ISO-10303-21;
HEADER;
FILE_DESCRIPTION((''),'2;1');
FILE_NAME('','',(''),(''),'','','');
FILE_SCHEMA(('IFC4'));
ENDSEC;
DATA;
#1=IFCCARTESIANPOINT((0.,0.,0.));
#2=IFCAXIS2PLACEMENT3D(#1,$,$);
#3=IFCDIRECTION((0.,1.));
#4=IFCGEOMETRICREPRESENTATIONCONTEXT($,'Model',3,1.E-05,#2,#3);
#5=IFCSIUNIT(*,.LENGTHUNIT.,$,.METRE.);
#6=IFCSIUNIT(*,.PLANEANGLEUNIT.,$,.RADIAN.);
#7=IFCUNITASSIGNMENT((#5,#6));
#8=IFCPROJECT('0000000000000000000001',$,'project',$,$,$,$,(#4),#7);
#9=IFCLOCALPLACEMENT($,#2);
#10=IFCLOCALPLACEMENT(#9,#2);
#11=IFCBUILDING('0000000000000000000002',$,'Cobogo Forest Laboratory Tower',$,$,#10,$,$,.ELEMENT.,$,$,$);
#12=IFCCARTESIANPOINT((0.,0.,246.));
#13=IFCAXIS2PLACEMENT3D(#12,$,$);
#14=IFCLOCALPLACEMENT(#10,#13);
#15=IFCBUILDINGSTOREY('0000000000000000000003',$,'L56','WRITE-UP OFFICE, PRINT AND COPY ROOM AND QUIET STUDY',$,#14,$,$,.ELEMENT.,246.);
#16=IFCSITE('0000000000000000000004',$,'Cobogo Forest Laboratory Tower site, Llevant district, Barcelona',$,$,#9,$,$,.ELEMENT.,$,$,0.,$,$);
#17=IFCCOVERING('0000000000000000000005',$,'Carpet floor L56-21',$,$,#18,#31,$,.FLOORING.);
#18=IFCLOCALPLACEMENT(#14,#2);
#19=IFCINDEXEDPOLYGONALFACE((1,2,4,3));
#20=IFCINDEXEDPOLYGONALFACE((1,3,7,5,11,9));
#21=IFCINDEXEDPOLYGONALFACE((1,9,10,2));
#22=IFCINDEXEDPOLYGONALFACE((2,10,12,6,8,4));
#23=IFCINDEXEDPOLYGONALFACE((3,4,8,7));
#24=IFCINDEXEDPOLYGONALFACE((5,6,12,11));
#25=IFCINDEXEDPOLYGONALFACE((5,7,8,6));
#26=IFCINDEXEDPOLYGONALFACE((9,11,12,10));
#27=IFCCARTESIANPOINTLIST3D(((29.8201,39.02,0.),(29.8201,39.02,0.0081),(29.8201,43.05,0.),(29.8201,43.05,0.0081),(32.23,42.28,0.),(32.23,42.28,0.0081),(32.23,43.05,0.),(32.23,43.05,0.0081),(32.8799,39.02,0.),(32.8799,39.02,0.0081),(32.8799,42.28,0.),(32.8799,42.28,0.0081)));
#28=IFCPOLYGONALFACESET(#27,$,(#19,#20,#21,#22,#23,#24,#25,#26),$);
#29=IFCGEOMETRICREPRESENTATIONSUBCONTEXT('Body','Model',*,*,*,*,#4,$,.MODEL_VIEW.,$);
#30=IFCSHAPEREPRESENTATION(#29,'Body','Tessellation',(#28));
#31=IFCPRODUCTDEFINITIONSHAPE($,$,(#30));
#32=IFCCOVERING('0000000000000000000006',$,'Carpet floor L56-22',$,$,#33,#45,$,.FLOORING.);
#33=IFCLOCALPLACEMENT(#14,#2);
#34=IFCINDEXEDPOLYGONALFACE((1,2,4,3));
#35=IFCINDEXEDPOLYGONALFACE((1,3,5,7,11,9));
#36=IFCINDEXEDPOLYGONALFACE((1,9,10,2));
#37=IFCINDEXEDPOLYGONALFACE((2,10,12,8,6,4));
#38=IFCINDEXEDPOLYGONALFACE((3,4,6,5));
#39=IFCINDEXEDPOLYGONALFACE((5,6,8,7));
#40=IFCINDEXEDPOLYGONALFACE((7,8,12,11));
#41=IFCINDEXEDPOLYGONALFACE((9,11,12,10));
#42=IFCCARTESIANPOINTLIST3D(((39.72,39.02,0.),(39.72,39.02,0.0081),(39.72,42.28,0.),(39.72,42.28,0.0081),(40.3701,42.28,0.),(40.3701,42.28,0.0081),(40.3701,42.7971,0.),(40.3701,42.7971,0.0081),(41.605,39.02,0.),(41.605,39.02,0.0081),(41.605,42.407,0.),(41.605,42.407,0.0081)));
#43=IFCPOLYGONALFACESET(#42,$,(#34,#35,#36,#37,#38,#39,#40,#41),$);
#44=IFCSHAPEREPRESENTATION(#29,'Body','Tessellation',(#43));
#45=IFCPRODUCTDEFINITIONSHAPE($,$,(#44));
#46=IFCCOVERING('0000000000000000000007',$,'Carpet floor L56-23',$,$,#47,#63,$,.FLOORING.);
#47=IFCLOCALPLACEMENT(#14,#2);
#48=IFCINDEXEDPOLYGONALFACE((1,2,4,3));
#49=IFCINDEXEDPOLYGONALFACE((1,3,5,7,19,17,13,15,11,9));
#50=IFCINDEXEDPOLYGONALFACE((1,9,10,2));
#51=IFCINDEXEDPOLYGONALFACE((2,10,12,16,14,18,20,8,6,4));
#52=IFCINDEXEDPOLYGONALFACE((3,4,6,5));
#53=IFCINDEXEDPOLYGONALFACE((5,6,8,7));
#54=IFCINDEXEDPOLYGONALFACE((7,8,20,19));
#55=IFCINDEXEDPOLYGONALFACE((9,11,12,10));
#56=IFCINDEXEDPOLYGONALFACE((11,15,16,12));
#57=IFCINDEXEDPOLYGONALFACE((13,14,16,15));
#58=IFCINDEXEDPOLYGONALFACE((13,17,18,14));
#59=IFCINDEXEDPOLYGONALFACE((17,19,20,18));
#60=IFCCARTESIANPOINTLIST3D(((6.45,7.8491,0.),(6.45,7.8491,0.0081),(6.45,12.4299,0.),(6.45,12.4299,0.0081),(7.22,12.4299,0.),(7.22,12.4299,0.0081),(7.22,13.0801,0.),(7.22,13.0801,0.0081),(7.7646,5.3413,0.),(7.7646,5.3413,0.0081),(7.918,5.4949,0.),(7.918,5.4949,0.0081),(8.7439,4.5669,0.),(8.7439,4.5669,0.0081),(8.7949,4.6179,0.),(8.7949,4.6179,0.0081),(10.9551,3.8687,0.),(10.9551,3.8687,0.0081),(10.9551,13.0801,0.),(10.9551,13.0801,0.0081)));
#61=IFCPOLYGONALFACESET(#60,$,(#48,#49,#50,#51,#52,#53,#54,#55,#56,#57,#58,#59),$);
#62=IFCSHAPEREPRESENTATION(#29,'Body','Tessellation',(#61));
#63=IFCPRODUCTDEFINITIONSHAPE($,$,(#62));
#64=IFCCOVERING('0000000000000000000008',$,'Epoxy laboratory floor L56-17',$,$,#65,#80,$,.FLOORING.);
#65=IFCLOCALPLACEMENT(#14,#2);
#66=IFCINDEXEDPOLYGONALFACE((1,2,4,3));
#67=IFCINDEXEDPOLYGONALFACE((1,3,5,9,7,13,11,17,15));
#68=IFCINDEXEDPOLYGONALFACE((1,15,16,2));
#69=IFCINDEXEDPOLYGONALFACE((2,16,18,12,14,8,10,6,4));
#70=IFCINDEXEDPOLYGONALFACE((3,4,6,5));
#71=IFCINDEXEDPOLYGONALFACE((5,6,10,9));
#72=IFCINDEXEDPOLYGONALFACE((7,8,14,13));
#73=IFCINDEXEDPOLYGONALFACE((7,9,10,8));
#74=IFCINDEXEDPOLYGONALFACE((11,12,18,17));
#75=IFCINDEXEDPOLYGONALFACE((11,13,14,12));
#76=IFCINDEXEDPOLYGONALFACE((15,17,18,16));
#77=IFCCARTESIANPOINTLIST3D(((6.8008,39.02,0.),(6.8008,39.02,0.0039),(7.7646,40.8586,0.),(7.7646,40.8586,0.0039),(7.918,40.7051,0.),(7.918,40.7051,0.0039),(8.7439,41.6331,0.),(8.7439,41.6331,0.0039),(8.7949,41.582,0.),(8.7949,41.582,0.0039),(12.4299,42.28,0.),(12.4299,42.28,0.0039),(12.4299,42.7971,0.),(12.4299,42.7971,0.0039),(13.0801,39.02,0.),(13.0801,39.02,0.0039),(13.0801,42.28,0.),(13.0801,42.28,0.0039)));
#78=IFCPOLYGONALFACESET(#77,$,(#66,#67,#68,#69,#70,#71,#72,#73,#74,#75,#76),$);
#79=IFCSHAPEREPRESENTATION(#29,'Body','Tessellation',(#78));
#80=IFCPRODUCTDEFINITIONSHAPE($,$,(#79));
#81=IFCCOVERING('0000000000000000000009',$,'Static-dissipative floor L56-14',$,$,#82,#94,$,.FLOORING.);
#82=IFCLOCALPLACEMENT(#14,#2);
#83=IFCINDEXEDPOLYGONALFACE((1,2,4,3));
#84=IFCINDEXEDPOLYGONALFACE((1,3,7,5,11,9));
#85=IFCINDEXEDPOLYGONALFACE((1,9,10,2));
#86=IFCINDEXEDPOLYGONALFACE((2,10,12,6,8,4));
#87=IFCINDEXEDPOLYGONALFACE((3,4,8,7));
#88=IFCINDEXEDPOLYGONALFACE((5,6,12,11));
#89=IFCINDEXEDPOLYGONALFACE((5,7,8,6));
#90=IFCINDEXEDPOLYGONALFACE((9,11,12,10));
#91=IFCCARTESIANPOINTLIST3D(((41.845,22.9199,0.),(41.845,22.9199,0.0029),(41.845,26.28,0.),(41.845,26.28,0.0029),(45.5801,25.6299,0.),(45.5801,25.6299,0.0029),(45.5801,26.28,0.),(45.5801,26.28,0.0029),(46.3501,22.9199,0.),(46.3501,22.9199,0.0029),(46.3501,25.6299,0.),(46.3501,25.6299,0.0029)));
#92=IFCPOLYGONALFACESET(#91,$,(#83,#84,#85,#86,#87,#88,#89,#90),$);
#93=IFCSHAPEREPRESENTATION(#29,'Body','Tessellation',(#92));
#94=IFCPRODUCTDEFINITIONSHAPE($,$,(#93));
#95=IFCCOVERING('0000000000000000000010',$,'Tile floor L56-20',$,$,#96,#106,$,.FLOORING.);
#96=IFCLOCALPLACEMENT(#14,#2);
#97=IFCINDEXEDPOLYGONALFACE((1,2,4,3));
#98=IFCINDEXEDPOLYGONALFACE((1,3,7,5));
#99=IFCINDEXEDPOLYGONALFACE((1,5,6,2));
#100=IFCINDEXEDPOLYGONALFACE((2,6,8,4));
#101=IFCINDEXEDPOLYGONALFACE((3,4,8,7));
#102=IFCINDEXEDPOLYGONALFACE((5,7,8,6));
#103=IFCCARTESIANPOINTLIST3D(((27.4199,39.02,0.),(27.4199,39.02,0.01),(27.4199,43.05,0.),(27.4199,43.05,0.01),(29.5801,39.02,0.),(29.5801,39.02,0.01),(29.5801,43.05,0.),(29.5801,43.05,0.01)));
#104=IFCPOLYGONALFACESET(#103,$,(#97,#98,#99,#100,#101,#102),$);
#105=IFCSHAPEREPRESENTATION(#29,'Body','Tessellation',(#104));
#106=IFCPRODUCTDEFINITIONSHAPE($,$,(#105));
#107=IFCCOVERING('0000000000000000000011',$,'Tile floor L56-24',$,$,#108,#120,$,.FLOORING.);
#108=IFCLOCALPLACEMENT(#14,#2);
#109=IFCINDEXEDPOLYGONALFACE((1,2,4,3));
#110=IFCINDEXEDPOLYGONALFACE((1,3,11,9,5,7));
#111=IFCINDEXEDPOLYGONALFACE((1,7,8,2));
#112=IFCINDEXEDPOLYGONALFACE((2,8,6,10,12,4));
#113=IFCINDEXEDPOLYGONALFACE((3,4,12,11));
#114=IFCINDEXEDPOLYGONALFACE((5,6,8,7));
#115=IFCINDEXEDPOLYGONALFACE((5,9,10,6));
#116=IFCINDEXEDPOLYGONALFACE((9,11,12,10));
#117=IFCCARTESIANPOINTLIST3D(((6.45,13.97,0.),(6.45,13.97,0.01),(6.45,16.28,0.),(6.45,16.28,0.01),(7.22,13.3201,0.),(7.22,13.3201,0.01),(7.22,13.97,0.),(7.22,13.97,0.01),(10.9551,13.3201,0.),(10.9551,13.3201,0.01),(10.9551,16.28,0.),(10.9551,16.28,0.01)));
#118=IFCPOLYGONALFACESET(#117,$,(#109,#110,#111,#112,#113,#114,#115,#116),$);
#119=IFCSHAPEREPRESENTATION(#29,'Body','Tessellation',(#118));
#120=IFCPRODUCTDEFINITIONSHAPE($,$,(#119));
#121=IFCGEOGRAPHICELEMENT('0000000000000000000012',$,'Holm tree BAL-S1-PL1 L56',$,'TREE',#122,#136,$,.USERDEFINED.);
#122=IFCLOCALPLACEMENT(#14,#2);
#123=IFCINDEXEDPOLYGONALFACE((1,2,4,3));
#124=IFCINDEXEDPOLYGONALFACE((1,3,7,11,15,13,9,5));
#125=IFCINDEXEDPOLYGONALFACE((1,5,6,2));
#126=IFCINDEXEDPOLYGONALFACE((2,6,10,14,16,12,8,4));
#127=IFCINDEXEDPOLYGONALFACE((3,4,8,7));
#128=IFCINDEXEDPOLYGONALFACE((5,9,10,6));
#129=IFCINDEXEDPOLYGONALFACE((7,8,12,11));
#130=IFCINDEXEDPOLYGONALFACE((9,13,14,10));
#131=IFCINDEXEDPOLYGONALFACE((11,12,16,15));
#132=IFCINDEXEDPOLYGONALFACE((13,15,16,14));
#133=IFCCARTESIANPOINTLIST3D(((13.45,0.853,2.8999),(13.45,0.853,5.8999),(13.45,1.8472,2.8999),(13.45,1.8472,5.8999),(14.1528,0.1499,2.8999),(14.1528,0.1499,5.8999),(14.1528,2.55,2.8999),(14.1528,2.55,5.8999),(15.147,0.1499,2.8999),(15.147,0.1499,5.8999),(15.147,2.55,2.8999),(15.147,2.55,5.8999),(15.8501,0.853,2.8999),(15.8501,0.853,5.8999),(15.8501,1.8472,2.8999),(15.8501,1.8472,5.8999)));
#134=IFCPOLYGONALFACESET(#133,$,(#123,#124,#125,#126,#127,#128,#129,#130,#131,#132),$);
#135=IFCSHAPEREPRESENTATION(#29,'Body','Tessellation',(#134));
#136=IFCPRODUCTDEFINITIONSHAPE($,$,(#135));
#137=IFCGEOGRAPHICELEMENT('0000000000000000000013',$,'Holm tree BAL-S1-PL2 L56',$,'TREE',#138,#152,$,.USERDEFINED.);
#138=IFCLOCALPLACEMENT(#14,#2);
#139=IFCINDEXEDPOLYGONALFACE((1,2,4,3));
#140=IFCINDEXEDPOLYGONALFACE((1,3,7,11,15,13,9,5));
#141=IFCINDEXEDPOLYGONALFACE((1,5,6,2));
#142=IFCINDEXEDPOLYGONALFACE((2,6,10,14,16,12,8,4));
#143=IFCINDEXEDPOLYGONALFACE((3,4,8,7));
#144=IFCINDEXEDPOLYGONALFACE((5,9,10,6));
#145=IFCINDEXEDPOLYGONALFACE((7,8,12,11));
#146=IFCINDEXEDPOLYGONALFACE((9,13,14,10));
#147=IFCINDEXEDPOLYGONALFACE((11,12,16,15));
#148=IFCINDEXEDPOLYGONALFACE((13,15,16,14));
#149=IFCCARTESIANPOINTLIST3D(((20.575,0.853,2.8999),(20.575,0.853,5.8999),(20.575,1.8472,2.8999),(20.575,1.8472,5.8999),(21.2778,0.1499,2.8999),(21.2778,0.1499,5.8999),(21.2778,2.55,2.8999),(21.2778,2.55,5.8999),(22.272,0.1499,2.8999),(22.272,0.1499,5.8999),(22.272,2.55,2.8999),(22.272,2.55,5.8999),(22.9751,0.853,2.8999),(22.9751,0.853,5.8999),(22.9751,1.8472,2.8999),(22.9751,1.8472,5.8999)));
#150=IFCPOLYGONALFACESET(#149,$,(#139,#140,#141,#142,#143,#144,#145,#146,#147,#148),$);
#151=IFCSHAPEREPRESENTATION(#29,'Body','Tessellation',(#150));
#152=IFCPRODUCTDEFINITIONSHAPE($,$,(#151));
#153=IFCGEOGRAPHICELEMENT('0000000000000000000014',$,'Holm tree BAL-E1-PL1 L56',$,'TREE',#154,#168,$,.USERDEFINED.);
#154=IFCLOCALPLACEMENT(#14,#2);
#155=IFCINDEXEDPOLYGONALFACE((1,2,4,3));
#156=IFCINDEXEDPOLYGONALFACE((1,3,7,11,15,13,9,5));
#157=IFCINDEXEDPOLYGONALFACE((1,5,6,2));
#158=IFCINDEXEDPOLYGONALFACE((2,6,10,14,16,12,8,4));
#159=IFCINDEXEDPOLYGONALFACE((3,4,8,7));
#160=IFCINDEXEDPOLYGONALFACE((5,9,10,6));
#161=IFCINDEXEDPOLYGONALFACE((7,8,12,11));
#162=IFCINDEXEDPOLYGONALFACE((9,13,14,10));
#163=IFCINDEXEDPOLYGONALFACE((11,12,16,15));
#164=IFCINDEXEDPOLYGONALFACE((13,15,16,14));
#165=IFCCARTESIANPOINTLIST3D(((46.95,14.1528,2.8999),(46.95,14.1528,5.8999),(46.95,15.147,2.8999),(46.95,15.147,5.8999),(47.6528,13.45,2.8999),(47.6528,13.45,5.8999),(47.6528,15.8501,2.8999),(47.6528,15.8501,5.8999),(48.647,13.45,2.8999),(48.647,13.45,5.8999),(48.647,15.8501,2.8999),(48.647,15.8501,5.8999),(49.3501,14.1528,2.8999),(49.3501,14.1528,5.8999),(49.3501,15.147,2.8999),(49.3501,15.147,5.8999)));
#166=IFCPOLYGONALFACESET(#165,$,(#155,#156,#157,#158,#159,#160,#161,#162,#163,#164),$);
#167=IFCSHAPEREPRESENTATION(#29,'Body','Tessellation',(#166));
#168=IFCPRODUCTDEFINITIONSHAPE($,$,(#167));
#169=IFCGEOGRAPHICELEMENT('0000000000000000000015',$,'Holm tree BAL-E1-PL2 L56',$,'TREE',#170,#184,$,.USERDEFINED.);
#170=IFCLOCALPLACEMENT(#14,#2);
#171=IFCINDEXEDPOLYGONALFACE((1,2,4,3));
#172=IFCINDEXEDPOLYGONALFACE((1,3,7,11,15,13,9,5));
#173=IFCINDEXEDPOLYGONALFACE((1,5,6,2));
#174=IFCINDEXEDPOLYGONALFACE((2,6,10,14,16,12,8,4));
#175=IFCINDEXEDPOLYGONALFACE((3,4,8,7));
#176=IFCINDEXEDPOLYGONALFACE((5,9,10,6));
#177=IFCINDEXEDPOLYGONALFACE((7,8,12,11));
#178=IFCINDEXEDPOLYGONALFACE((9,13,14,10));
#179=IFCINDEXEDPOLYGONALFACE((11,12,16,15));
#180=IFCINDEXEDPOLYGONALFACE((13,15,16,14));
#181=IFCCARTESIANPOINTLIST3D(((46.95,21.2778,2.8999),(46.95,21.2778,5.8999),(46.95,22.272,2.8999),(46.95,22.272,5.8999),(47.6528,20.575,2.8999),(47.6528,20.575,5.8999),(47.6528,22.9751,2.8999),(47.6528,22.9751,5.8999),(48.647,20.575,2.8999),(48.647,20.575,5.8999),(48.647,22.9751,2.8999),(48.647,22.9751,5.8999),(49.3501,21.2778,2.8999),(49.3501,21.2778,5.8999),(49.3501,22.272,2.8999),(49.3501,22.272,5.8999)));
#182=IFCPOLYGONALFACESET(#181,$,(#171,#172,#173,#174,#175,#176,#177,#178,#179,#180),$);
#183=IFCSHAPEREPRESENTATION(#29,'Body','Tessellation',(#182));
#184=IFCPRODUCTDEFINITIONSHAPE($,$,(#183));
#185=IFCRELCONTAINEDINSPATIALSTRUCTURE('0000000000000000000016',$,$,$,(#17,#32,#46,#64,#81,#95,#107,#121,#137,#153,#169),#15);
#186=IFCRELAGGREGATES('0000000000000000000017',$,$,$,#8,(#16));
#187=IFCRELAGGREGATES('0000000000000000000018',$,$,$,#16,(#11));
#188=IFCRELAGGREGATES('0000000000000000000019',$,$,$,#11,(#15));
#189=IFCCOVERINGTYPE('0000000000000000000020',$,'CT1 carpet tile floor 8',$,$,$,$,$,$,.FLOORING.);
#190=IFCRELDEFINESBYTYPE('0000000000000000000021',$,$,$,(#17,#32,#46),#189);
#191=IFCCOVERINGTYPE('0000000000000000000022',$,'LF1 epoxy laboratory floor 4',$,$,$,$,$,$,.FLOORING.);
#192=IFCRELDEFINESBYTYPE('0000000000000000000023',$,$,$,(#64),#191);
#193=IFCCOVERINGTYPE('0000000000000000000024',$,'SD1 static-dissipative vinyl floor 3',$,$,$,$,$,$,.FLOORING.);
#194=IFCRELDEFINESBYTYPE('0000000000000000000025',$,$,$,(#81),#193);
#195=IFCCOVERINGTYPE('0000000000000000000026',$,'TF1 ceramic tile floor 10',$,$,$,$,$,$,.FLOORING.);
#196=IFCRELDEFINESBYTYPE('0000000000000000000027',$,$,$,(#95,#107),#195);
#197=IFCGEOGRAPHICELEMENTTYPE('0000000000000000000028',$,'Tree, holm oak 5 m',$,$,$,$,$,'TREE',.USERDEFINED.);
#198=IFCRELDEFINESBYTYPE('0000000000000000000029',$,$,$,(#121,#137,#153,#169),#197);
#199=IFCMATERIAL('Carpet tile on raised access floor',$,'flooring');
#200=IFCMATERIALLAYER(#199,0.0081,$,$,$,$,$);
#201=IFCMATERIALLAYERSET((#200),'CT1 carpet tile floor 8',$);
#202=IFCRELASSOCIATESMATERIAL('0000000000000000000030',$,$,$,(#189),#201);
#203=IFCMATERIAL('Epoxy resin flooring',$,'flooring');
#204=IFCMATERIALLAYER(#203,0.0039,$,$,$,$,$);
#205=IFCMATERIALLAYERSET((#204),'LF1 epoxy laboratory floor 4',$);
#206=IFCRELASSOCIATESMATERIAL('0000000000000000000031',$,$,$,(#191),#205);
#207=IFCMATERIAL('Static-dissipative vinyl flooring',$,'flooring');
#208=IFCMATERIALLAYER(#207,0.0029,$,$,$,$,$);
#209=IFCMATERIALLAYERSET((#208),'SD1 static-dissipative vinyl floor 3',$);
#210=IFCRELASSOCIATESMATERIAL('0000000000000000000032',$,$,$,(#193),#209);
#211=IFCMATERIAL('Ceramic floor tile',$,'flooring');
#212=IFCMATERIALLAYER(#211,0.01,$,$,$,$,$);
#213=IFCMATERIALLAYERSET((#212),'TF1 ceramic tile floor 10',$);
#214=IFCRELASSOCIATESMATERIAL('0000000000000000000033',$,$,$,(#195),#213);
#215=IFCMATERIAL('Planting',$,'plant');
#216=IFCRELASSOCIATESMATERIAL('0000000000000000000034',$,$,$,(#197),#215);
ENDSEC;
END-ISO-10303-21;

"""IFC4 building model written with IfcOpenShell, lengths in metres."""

from ifc_helpers import new_model, si_unit, direction, frame, origin, place, context, subcontext, project, spatial, polyline, outline, extrude, material, layer, layer_set, type_object, element, save


model = new_model("IFC4")

# Units and contexts
model_context = context("Model", 3, precision=1e-05, world=origin(), true_north=direction((0.0, 1.0)))
body_context = subcontext(model_context, "Body", "Model", "MODEL_VIEW")
ifc_project = project(units=[si_unit("LENGTHUNIT", "METRE"), si_unit("PLANEANGLEUNIT", "RADIAN")], contexts=[model_context])

# Site, building, storey
site_placement = place(None, origin())
site = spatial("IfcSite", under=ifc_project, at=site_placement, Name="Cobogo Forest Laboratory Tower site, Llevant district, Barcelona", CompositionType="ELEMENT", RefElevation=0.0)
building_placement = place(site_placement, origin())
building = spatial("IfcBuilding", under=site, at=building_placement, Name="Cobogo Forest Laboratory Tower", CompositionType="ELEMENT")
storey_placement = place(building_placement, frame((0.0, 0.0, 246.0)))
storey = spatial("IfcBuildingStorey", under=building, at=storey_placement, Name="L56", Description="WRITE-UP OFFICE, PRINT AND COPY ROOM AND QUIET STUDY", CompositionType="ELEMENT", Elevation=246.0)

# Coverings
ifc_material_1 = material(Name="Carpet tile on raised access floor", Category="flooring")
ifc_layer_1 = layer(ifc_material_1, 0.0081)
ifc_layer_set_1 = layer_set([ifc_layer_1], Name="CT1 carpet tile floor 8")
covering_type_1 = type_object("IfcCoveringType", Name="CT1 carpet tile floor 8", PredefinedType="FLOORING", material=ifc_layer_set_1)
covering_1_placement = place(storey_placement, origin())
element("IfcCovering", 1, at=covering_1_placement, inside=storey, type_object=covering_type_1, Name="Carpet floor L56-21", PredefinedType="FLOORING", context=body_context, shape_type="SweptSolid", body=[
    extrude(outline(polyline([(29.8201, 39.02), (29.8201, 43.05), (32.23, 43.05), (32.23, 42.28), (32.8799, 42.28), (32.8799, 39.02), (29.8201, 39.02)])), origin(), (0.0, 0.0, 1.0), 0.0081),
])
covering_2_placement = place(storey_placement, origin())
element("IfcCovering", 2, at=covering_2_placement, inside=storey, type_object=covering_type_1, Name="Carpet floor L56-22", PredefinedType="FLOORING", context=body_context, shape_type="SweptSolid", body=[
    extrude(outline(polyline([(39.72, 39.02), (39.72, 42.28), (40.3701, 42.28), (40.3701, 42.7971), (41.605, 42.407), (41.605, 39.02), (39.72, 39.02)])), origin(), (0.0, 0.0, 1.0), 0.0081),
])
covering_3_placement = place(storey_placement, origin())
element("IfcCovering", 3, at=covering_3_placement, inside=storey, type_object=covering_type_1, Name="Carpet floor L56-23", PredefinedType="FLOORING", context=body_context, shape_type="SweptSolid", body=[
    extrude(outline(polyline([(8.7439, 4.5669), (8.7949, 4.6179), (7.918, 5.4949), (7.7646, 5.3413), (6.45, 7.8491), (6.45, 12.4299), (7.22, 12.4299), (7.22, 13.0801), (10.9551, 13.0801), (10.9551, 3.8687), (8.7439, 4.5669)])), origin(), (0.0, 0.0, 1.0), 0.0081),
])
ifc_material_2 = material(Name="Epoxy resin flooring", Category="flooring")
ifc_layer_2 = layer(ifc_material_2, 0.0039)
ifc_layer_set_2 = layer_set([ifc_layer_2], Name="LF1 epoxy laboratory floor 4")
covering_type_2 = type_object("IfcCoveringType", Name="LF1 epoxy laboratory floor 4", PredefinedType="FLOORING", material=ifc_layer_set_2)
covering_4_placement = place(storey_placement, origin())
element("IfcCovering", 4, at=covering_4_placement, inside=storey, type_object=covering_type_2, Name="Epoxy laboratory floor L56-17", PredefinedType="FLOORING", context=body_context, shape_type="SweptSolid", body=[
    extrude(outline(polyline([(6.8008, 39.02), (7.7646, 40.8586), (7.918, 40.7051), (8.7949, 41.582), (8.7439, 41.6331), (12.4299, 42.7971), (12.4299, 42.28), (13.0801, 42.28), (13.0801, 39.02), (6.8008, 39.02)])), origin(), (0.0, 0.0, 1.0), 0.0039),
])
ifc_material_3 = material(Name="Static-dissipative vinyl flooring", Category="flooring")
ifc_layer_3 = layer(ifc_material_3, 0.0029)
ifc_layer_set_3 = layer_set([ifc_layer_3], Name="SD1 static-dissipative vinyl floor 3")
covering_type_3 = type_object("IfcCoveringType", Name="SD1 static-dissipative vinyl floor 3", PredefinedType="FLOORING", material=ifc_layer_set_3)
covering_5_placement = place(storey_placement, origin())
element("IfcCovering", 5, at=covering_5_placement, inside=storey, type_object=covering_type_3, Name="Static-dissipative floor L56-14", PredefinedType="FLOORING", context=body_context, shape_type="SweptSolid", body=[
    extrude(outline(polyline([(41.845, 26.28), (45.5801, 26.28), (45.5801, 25.6299), (46.3501, 25.6299), (46.3501, 22.9199), (41.845, 22.9199), (41.845, 26.28)])), origin(), (0.0, 0.0, 1.0), 0.0029),
])
ifc_material_4 = material(Name="Ceramic floor tile", Category="flooring")
ifc_layer_4 = layer(ifc_material_4, 0.01)
ifc_layer_set_4 = layer_set([ifc_layer_4], Name="TF1 ceramic tile floor 10")
covering_type_4 = type_object("IfcCoveringType", Name="TF1 ceramic tile floor 10", PredefinedType="FLOORING", material=ifc_layer_set_4)
covering_6_placement = place(storey_placement, origin())
element("IfcCovering", 6, at=covering_6_placement, inside=storey, type_object=covering_type_4, Name="Tile floor L56-20", PredefinedType="FLOORING", context=body_context, shape_type="SweptSolid", body=[
    extrude(outline(polyline([(29.5801, 39.02), (27.4199, 39.02), (27.4199, 43.05), (29.5801, 43.05), (29.5801, 39.02)])), origin(), (0.0, 0.0, 1.0), 0.01),
])
covering_7_placement = place(storey_placement, origin())
element("IfcCovering", 7, at=covering_7_placement, inside=storey, type_object=covering_type_4, Name="Tile floor L56-24", PredefinedType="FLOORING", context=body_context, shape_type="SweptSolid", body=[
    extrude(outline(polyline([(10.9551, 13.3201), (7.22, 13.3201), (7.22, 13.97), (6.45, 13.97), (6.45, 16.28), (10.9551, 16.28), (10.9551, 13.3201)])), origin(), (0.0, 0.0, 1.0), 0.01),
])

# Geographic elements
ifc_material_5 = material(Name="Planting", Category="plant")
geographic_element_type = type_object("IfcGeographicElementType", Name="Tree, holm oak 5 m", ElementType="TREE", PredefinedType="USERDEFINED", material=ifc_material_5)
geographic_element_1_placement = place(storey_placement, frame((0.0, 0.0, 2.8999)))
element("IfcGeographicElement", 8, at=geographic_element_1_placement, inside=storey, type_object=geographic_element_type, Name="Holm tree BAL-S1-PL1 L56", ObjectType="TREE", PredefinedType="USERDEFINED", context=body_context, shape_type="SweptSolid", body=[
    extrude(outline(polyline([(15.8501, 0.853), (15.8501, 1.8472), (15.147, 2.55), (14.1528, 2.55), (13.45, 1.8472), (13.45, 0.853), (14.1528, 0.1499), (15.147, 0.1499), (15.8501, 0.853)])), origin(), (0.0, 0.0, 1.0), 3.0),
])
geographic_element_2_placement = place(storey_placement, frame((0.0, 0.0, 2.8999)))
element("IfcGeographicElement", 9, at=geographic_element_2_placement, inside=storey, type_object=geographic_element_type, Name="Holm tree BAL-S1-PL2 L56", ObjectType="TREE", PredefinedType="USERDEFINED", context=body_context, shape_type="SweptSolid", body=[
    extrude(outline(polyline([(22.9751, 0.853), (22.9751, 1.8472), (22.272, 2.55), (21.2778, 2.55), (20.575, 1.8472), (20.575, 0.853), (21.2778, 0.1499), (22.272, 0.1499), (22.9751, 0.853)])), origin(), (0.0, 0.0, 1.0), 3.0),
])
geographic_element_3_placement = place(storey_placement, frame((0.0, 0.0, 2.8999)))
element("IfcGeographicElement", 10, at=geographic_element_3_placement, inside=storey, type_object=geographic_element_type, Name="Holm tree BAL-E1-PL1 L56", ObjectType="TREE", PredefinedType="USERDEFINED", context=body_context, shape_type="SweptSolid", body=[
    extrude(outline(polyline([(49.3501, 14.1528), (49.3501, 15.147), (48.647, 15.8501), (47.6528, 15.8501), (46.95, 15.147), (46.95, 14.1528), (47.6528, 13.45), (48.647, 13.45), (49.3501, 14.1528)])), origin(), (0.0, 0.0, 1.0), 3.0),
])
geographic_element_4_placement = place(storey_placement, frame((0.0, 0.0, 2.8999)))
element("IfcGeographicElement", 11, at=geographic_element_4_placement, inside=storey, type_object=geographic_element_type, Name="Holm tree BAL-E1-PL2 L56", ObjectType="TREE", PredefinedType="USERDEFINED", context=body_context, shape_type="SweptSolid", body=[
    extrude(outline(polyline([(49.3501, 21.2778), (49.3501, 22.272), (48.647, 22.9751), (47.6528, 22.9751), (46.95, 22.272), (46.95, 21.2778), (47.6528, 20.575), (48.647, 20.575), (49.3501, 21.2778)])), origin(), (0.0, 0.0, 1.0), 3.0),
])

save(model, "model.ifc")
